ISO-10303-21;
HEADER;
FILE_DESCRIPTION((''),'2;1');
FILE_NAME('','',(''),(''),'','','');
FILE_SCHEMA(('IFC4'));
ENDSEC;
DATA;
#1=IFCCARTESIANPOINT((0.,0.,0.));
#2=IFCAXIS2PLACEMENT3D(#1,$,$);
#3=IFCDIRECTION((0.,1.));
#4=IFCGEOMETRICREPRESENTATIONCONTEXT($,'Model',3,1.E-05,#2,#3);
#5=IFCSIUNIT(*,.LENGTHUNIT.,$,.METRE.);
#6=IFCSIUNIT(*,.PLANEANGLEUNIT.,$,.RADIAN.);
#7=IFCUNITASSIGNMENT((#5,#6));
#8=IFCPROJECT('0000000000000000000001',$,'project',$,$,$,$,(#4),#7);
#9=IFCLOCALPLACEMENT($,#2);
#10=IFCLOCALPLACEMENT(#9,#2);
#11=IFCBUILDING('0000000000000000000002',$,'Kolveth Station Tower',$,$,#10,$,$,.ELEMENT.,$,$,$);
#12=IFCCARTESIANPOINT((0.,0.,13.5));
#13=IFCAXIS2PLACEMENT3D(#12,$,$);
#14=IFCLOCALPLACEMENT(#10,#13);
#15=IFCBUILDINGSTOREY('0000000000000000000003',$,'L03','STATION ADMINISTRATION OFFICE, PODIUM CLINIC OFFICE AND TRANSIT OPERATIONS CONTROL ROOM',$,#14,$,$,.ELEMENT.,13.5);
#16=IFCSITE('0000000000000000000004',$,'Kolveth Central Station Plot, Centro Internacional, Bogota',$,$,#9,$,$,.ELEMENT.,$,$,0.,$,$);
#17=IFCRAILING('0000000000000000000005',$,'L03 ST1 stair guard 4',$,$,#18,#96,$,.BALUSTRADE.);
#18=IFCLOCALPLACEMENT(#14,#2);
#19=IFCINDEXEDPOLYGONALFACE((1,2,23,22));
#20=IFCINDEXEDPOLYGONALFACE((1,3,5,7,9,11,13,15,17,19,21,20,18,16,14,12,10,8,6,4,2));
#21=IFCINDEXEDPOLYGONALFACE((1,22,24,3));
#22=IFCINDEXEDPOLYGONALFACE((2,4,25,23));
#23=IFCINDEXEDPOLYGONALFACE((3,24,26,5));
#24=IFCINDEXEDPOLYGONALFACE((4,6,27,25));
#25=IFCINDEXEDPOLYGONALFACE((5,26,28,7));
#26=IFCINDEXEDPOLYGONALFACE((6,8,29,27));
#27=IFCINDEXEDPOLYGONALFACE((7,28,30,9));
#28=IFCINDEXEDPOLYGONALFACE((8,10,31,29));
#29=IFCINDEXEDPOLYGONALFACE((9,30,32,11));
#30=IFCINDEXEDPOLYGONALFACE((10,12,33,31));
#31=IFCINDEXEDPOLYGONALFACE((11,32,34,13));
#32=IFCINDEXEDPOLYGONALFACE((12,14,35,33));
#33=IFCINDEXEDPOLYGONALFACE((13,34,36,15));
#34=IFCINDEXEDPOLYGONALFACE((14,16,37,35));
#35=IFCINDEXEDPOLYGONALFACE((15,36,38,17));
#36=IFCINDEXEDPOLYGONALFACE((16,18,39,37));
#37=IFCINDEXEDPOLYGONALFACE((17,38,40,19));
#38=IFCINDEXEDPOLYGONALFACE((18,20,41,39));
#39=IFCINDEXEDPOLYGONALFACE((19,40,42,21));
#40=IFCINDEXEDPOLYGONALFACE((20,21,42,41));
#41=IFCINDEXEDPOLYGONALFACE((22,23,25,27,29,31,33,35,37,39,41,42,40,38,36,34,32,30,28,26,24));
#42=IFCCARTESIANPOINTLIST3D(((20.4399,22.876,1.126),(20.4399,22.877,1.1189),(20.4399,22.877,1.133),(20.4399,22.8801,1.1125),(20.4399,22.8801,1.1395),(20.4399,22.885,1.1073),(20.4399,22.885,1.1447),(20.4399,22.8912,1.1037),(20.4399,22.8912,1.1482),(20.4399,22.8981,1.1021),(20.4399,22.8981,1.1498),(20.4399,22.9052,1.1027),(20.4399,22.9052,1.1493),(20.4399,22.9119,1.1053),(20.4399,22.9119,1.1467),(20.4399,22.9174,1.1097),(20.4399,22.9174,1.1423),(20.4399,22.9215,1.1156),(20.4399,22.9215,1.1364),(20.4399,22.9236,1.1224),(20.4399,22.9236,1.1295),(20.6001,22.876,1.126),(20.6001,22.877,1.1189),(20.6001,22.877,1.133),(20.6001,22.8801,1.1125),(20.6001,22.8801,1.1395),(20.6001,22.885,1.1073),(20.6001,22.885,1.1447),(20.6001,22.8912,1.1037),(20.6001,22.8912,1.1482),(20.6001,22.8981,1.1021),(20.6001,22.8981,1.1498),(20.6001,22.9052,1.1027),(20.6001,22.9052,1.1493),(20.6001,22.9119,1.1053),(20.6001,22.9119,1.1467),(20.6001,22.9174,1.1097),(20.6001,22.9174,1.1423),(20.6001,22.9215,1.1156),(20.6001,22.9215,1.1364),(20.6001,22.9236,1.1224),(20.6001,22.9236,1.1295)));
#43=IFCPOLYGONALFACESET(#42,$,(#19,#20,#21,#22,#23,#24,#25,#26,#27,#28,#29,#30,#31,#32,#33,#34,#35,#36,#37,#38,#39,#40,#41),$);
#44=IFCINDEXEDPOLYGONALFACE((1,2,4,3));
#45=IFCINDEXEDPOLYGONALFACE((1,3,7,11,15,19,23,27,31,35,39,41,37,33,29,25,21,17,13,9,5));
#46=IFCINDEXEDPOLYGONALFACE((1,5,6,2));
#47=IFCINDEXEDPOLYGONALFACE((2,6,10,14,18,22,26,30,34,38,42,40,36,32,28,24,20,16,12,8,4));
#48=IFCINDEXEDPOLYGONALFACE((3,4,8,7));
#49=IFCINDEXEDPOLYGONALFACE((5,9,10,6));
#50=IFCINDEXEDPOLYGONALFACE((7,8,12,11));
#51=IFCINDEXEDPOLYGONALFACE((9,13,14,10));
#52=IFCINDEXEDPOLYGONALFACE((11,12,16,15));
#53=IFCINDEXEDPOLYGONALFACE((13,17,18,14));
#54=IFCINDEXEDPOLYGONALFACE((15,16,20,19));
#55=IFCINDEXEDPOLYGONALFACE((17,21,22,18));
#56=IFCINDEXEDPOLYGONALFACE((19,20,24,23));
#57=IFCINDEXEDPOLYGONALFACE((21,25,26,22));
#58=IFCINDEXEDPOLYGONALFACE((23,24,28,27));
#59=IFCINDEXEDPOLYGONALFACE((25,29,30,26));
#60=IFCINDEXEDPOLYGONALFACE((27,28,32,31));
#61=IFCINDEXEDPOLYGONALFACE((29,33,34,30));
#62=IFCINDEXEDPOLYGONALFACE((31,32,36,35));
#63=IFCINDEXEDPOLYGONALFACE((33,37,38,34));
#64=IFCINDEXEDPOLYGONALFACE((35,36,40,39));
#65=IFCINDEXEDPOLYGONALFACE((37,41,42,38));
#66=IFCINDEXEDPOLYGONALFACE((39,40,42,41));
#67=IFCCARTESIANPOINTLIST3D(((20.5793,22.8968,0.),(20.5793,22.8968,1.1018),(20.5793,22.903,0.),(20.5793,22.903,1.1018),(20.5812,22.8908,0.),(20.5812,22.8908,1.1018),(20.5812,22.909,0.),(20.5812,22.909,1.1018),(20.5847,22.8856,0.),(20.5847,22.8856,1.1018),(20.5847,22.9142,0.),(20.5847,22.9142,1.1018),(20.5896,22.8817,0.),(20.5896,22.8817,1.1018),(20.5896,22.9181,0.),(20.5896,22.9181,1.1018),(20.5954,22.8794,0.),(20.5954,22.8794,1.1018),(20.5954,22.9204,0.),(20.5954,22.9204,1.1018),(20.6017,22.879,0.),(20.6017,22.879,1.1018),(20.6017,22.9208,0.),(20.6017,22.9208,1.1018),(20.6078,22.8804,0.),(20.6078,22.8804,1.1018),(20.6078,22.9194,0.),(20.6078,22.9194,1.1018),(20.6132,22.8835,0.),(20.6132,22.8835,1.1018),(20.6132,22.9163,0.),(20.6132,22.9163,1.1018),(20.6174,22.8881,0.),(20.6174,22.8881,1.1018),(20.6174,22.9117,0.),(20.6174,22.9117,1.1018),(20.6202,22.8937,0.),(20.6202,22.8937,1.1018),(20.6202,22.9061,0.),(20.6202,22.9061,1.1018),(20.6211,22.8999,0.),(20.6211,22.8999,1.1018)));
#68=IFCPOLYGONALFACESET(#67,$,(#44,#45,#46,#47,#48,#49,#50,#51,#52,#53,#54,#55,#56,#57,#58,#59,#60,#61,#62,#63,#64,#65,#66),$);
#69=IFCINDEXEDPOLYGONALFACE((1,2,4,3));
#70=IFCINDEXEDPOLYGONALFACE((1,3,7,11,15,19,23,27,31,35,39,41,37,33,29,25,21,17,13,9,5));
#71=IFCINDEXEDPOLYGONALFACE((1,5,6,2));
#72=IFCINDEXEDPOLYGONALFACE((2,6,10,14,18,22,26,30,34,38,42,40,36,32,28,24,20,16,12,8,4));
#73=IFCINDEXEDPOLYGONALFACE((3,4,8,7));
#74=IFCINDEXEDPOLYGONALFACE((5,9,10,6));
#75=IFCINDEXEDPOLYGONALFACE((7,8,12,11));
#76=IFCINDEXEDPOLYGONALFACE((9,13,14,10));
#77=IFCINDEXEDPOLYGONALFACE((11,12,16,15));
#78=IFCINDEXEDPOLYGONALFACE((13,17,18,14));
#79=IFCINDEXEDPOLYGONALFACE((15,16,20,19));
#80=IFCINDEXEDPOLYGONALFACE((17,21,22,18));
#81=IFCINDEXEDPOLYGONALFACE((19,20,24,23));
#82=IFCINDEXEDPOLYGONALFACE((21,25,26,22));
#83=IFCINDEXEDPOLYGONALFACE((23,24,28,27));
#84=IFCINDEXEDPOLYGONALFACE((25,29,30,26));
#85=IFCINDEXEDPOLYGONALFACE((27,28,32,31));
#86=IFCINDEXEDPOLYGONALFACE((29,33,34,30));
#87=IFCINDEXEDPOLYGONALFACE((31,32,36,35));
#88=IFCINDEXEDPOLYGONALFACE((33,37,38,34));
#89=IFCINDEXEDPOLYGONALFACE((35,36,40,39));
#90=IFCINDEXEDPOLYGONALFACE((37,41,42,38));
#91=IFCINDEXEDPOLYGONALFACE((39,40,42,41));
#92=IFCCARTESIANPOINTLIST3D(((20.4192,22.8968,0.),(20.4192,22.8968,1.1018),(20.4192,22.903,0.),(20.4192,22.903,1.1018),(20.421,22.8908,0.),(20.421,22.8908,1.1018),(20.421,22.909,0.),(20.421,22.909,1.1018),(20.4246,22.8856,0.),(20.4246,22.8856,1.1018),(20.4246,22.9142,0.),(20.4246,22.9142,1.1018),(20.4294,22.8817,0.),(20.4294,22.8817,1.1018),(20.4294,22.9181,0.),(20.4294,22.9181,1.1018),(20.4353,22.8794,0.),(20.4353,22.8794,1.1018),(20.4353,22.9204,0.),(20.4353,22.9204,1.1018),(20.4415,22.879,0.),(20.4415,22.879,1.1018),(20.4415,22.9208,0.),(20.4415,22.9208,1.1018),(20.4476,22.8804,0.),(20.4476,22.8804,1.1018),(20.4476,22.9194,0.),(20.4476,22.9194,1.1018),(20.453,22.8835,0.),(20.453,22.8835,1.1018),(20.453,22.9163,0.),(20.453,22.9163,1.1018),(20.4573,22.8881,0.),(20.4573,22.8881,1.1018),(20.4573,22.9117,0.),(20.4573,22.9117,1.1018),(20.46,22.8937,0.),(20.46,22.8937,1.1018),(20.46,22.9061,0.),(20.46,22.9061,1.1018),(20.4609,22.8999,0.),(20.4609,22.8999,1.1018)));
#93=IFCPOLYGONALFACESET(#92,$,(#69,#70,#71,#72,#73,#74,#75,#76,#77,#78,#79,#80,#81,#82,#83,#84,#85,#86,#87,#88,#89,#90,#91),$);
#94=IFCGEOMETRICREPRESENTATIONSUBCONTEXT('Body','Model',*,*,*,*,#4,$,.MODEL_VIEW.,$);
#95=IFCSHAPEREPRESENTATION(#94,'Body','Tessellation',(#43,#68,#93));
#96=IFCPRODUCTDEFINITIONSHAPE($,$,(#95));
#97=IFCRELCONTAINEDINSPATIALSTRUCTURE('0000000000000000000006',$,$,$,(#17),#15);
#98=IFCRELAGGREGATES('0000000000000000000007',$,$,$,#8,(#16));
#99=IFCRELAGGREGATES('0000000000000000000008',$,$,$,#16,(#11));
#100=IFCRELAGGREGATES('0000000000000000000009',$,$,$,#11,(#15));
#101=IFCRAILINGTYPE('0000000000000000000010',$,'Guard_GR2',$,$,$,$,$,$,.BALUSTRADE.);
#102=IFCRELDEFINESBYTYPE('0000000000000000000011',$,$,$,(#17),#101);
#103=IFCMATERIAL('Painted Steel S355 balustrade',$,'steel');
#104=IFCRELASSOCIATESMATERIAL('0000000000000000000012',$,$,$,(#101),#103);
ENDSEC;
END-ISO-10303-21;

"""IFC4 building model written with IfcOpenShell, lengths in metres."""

from ifc_helpers import new_model, si_unit, direction, frame, origin, origin_2d, place, context, subcontext, project, spatial, circle, extrude, material, type_object, element, save


model = new_model("IFC4")

# Units and contexts
model_context = context("Model", 3, precision=1e-05, world=origin(), true_north=direction((0.0, 1.0)))
body_context = subcontext(model_context, "Body", "Model", "MODEL_VIEW")
ifc_project = project(units=[si_unit("LENGTHUNIT", "METRE"), si_unit("PLANEANGLEUNIT", "RADIAN")], contexts=[model_context])

# Site, building, storey
site_placement = place(None, origin())
site = spatial("IfcSite", under=ifc_project, at=site_placement, Name="Kolveth Central Station Plot, Centro Internacional, Bogota", CompositionType="ELEMENT", RefElevation=0.0)
building_placement = place(site_placement, origin())
building = spatial("IfcBuilding", under=site, at=building_placement, Name="Kolveth Station Tower", CompositionType="ELEMENT")
storey_placement = place(building_placement, frame((0.0, 0.0, 13.5)))
storey = spatial("IfcBuildingStorey", under=building, at=storey_placement, Name="L03", Description="STATION ADMINISTRATION OFFICE, PODIUM CLINIC OFFICE AND TRANSIT OPERATIONS CONTROL ROOM", CompositionType="ELEMENT", Elevation=13.5)

# Railing
ifc_material_1 = material(Name="Painted Steel S355 balustrade", Category="steel")
railing_type_1 = type_object("IfcRailingType", Name="Guard_GR2", PredefinedType="BALUSTRADE", material=ifc_material_1)
railing_1_placement = place(storey_placement, frame((20.6001, 22.8999, 0.0)))
element("IfcRailing", 1, at=railing_1_placement, inside=storey, type_object=railing_type_1, Name="L03 ST1 stair guard 4", PredefinedType="BALUSTRADE", context=body_context, shape_type="SweptSolid", body=[
    extrude(circle(Radius=0.0239, at=origin_2d()), frame((0.0, 0.0, 1.126), z_axis=(-1.0, 0.0, 0.0), x_axis=(0.0, -1.0, 0.0)), (0.0, 0.0, 1.0), 0.1602),
    extrude(circle(Radius=0.021, at=origin_2d()), origin(), (0.0, 0.0, 1.0), 1.1018),
    extrude(circle(Radius=0.021, at=origin_2d()), frame((-0.1602, 0.0, 0.0)), (0.0, 0.0, 1.0), 1.1018),
])

save(model, "model.ifc")
